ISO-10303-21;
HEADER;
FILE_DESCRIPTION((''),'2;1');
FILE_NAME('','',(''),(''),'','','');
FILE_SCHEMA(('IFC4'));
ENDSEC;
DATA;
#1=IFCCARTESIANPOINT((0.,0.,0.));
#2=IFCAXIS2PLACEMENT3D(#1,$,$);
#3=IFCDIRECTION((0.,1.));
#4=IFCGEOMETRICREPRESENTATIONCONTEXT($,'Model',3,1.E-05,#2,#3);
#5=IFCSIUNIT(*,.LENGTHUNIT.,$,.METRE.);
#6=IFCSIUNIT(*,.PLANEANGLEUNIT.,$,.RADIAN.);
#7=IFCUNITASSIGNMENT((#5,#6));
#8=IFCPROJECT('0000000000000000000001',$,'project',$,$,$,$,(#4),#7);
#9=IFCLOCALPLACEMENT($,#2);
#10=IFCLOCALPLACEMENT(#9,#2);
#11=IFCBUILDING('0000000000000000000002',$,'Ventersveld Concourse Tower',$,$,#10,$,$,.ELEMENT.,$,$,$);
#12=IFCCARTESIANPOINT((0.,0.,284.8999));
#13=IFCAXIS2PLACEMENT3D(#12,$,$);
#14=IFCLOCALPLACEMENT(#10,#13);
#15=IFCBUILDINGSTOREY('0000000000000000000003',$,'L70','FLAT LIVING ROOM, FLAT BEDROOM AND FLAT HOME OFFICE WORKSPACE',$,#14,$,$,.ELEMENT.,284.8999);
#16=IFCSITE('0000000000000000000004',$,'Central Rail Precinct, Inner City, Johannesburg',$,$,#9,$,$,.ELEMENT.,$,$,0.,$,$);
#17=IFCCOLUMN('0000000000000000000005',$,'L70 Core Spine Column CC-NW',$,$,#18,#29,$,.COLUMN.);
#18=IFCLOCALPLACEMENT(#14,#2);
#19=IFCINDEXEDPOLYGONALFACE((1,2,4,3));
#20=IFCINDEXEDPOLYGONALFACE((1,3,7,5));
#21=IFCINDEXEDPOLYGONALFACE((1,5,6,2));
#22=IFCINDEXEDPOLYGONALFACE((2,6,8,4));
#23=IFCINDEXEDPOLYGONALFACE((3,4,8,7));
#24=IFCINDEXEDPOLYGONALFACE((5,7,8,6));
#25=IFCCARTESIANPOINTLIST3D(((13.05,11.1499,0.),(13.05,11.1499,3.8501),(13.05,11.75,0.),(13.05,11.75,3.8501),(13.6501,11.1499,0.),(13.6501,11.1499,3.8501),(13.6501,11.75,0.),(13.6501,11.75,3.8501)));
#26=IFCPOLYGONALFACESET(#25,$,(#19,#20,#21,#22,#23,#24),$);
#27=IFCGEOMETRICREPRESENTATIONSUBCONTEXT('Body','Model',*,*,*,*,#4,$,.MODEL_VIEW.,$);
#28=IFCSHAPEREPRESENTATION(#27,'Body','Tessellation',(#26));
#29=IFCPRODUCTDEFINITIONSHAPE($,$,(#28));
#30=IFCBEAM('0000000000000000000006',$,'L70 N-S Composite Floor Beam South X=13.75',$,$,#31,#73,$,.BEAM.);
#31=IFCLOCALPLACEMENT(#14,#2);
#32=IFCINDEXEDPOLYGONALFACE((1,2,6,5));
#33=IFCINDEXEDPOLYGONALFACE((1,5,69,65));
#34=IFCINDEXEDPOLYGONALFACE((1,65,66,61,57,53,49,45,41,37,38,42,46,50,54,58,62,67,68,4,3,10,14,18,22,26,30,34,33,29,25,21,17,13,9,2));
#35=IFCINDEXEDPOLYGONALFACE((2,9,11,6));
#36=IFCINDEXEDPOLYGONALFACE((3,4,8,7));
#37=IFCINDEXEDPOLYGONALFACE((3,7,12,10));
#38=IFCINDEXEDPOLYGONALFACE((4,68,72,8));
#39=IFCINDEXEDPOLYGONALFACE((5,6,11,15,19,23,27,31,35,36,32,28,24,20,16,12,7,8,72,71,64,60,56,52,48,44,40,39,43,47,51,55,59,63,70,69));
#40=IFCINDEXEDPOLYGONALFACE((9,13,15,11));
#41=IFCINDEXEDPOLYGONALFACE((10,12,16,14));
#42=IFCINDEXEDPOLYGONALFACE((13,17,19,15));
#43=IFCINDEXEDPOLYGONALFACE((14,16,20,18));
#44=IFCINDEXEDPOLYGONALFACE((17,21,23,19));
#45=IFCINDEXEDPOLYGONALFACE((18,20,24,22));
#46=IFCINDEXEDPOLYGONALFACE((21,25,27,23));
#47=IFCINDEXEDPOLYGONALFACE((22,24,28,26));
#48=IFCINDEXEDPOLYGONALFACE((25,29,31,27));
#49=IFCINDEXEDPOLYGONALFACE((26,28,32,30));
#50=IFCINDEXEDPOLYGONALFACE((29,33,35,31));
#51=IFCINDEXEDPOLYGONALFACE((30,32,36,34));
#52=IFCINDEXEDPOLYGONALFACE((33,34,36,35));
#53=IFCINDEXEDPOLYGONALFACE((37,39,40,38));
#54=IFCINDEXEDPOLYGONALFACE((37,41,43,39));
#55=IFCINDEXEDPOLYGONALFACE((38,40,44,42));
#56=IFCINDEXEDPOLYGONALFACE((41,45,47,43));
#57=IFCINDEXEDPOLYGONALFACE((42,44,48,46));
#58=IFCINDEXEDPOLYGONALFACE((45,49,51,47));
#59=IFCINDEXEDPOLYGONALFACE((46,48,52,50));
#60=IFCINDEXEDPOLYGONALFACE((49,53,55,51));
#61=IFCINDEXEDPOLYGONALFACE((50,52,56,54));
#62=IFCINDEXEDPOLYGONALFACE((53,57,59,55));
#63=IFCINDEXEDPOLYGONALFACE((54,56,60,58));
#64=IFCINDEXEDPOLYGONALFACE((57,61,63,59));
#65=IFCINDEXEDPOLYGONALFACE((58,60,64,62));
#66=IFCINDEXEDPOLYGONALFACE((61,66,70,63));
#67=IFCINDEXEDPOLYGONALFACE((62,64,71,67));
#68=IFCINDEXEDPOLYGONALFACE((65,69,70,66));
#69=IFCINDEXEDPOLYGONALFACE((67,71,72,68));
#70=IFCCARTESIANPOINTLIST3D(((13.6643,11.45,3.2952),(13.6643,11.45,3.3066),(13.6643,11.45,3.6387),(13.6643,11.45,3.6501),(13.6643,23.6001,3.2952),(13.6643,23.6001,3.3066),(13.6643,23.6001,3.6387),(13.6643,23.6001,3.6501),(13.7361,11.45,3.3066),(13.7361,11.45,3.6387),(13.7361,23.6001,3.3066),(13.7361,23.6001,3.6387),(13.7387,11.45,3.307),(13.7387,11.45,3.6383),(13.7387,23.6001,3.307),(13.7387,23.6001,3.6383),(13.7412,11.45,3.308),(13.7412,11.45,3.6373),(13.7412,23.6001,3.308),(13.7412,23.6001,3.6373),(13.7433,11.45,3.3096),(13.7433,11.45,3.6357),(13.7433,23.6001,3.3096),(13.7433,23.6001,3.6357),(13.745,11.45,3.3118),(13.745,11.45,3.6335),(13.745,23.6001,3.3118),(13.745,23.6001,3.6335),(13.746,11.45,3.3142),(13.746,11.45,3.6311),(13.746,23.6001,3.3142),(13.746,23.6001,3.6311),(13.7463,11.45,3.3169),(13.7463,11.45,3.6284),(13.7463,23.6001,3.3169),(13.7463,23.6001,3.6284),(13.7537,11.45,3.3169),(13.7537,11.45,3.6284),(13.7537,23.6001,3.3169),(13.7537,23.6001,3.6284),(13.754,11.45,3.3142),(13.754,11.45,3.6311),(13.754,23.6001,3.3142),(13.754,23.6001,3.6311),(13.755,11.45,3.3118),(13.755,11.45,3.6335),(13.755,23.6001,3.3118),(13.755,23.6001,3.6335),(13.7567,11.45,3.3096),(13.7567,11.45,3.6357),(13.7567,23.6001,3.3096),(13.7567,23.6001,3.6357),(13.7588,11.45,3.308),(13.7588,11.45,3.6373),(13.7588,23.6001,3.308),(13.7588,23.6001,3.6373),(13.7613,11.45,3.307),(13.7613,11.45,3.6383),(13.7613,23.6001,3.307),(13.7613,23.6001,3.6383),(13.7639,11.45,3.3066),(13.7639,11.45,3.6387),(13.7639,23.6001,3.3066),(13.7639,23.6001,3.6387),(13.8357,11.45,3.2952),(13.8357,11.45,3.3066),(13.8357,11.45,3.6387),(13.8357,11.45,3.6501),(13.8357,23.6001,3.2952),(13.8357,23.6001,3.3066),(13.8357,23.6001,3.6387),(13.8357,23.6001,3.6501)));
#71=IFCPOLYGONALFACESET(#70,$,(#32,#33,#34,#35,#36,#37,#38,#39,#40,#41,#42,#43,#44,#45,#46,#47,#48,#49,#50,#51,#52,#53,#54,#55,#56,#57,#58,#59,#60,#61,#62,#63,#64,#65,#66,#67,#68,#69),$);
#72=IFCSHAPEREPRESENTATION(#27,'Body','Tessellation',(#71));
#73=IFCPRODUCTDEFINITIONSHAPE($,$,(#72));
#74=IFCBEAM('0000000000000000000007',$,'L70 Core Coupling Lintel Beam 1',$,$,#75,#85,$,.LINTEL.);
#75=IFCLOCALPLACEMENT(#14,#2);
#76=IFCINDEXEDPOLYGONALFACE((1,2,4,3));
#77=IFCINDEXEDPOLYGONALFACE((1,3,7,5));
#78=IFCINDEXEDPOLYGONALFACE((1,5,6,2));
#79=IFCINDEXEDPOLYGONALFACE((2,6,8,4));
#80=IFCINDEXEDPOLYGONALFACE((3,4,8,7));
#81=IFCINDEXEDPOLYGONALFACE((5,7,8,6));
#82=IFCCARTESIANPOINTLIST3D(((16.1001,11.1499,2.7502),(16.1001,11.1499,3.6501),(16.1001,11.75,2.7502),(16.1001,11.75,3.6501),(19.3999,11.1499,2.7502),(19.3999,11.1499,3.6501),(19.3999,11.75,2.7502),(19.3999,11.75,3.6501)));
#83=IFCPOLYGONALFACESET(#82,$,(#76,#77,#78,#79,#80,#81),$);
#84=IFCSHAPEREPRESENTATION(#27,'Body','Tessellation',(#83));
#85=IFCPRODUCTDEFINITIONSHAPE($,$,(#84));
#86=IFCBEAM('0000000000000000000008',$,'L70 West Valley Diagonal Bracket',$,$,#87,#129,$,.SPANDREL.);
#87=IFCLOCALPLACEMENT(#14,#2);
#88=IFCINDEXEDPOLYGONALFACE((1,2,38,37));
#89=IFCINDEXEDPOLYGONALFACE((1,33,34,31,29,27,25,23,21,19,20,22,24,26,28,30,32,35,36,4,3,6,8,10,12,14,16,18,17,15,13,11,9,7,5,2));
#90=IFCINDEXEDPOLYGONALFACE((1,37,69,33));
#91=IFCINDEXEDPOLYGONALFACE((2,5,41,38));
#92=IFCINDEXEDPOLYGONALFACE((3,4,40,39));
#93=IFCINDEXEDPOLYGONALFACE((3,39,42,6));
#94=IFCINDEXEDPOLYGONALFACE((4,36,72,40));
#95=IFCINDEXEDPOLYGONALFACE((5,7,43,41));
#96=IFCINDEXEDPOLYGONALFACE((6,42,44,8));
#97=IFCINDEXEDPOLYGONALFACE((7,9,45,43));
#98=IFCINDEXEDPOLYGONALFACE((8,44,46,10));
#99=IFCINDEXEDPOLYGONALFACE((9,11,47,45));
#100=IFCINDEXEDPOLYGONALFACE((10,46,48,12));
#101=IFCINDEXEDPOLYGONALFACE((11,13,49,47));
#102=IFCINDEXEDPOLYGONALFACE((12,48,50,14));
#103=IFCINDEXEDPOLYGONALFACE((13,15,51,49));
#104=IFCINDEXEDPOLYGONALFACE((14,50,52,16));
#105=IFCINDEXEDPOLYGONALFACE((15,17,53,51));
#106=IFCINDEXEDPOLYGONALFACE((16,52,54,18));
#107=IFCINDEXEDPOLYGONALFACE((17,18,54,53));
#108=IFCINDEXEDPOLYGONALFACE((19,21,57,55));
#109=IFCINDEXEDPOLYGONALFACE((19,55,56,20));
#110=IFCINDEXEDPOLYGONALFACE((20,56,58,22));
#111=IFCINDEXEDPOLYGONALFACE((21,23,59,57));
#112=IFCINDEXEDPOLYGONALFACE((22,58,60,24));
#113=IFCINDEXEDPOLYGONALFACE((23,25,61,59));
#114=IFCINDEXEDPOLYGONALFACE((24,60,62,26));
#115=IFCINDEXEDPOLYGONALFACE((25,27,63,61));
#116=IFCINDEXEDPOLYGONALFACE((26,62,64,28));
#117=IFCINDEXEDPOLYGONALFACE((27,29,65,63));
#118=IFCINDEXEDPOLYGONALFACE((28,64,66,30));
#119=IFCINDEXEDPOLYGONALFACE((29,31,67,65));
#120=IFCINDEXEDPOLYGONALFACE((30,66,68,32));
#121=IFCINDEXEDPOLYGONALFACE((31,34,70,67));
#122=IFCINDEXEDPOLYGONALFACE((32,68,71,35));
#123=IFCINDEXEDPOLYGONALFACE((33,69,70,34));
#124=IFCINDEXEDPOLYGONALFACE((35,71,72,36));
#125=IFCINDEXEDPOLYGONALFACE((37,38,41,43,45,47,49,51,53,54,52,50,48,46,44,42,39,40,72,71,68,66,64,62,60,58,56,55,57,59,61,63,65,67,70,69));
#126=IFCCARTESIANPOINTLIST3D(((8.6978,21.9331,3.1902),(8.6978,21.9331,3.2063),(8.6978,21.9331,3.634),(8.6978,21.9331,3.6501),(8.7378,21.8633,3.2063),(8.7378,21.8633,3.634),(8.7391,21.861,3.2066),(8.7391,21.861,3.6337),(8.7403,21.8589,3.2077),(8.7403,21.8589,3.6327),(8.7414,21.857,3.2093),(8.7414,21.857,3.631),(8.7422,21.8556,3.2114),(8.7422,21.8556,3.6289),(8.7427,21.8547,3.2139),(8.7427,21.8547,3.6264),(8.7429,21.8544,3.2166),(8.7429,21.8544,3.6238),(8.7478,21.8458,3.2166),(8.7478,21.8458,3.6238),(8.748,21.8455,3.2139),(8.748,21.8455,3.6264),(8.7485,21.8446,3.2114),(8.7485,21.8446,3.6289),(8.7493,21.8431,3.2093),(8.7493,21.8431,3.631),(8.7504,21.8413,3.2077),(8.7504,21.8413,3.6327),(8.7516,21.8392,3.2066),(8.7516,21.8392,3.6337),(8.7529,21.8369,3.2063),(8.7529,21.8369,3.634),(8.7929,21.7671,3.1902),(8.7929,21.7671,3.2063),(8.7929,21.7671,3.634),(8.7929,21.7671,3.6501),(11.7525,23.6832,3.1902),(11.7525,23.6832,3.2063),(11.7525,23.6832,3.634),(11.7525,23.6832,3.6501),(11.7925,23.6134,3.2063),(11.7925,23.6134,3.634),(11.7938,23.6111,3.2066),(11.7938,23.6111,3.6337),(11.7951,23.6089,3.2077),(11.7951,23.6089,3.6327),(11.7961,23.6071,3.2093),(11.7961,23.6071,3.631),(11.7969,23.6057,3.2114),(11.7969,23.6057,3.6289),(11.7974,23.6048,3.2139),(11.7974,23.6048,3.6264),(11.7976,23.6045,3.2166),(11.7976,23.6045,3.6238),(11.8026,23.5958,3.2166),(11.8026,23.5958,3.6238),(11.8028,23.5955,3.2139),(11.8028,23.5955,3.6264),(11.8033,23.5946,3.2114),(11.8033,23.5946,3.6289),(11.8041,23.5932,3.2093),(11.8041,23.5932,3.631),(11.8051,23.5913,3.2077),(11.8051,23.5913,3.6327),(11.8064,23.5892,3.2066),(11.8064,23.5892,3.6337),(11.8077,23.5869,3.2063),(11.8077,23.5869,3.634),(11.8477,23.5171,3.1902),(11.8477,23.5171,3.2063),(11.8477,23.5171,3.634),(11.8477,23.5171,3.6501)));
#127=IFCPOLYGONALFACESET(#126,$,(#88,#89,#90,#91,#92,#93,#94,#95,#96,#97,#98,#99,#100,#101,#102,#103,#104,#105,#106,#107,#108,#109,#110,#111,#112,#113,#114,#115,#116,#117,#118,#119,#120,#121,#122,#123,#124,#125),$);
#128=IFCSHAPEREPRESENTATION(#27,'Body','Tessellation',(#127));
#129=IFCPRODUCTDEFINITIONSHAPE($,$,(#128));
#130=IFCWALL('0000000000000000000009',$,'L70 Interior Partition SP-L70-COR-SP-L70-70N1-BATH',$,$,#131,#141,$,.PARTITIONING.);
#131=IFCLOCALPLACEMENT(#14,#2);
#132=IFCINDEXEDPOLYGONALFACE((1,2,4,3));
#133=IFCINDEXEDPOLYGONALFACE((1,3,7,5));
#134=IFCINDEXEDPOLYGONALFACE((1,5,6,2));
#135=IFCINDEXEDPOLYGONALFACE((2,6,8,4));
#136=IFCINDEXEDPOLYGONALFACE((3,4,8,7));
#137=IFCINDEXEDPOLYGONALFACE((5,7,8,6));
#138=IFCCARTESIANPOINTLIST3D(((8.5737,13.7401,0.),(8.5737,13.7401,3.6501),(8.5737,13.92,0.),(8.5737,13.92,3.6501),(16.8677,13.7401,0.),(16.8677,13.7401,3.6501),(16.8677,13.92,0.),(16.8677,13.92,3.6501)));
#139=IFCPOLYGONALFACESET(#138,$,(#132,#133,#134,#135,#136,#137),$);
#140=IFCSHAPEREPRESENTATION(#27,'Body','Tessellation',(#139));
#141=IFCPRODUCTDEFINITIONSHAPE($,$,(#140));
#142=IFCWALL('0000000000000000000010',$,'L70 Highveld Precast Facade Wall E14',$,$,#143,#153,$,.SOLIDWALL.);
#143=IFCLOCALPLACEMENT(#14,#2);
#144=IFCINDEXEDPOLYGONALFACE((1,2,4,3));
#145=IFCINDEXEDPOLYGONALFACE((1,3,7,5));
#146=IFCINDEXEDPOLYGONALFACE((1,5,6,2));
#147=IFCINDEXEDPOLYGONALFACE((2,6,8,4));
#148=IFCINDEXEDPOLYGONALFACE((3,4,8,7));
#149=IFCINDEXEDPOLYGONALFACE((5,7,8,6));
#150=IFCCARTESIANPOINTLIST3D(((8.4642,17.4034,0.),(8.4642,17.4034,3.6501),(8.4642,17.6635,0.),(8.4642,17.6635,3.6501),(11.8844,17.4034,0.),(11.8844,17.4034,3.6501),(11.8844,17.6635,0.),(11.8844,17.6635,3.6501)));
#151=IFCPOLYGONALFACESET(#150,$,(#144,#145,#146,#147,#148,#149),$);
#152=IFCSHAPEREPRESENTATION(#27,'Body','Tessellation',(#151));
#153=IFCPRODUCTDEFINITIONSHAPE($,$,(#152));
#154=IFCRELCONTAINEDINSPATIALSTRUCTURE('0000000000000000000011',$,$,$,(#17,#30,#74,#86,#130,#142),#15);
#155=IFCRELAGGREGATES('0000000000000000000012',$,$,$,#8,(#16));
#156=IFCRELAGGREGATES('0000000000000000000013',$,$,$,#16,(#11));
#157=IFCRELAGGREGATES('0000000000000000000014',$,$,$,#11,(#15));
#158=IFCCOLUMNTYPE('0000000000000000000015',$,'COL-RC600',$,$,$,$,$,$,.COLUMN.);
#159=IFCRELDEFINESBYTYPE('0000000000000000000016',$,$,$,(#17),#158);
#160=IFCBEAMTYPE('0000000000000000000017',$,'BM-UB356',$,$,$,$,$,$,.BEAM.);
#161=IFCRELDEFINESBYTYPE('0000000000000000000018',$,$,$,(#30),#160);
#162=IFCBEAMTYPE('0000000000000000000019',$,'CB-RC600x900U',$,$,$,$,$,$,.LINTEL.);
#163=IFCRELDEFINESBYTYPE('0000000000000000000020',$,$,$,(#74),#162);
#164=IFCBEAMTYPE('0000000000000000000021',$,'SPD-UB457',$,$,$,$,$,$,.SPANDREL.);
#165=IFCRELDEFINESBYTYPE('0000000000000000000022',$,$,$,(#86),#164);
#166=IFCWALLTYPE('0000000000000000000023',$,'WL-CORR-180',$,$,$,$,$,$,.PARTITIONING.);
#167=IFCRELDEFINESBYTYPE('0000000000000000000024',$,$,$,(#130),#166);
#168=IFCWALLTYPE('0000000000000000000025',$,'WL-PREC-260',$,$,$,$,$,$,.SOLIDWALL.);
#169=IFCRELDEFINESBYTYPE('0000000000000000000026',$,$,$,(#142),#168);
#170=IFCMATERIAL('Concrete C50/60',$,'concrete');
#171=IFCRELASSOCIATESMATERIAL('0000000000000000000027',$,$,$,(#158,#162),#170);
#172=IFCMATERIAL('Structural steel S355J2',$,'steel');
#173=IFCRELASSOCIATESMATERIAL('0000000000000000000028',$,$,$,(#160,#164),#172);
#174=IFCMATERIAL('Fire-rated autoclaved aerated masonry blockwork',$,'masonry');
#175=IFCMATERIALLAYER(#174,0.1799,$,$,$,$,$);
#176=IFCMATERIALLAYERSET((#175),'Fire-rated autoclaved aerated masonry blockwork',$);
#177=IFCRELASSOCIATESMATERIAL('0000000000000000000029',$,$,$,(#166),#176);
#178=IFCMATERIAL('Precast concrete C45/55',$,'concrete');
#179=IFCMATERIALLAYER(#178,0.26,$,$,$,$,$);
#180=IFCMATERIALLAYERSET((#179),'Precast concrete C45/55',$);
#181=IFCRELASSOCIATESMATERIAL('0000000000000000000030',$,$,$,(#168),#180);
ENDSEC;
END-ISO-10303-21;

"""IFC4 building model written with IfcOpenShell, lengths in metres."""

from ifc_helpers import new_model, si_unit, direction, frame, frame_2d, origin, origin_2d, place, context, subcontext, project, spatial, rectangle, i_section, extrude, material, layer, layer_set, material_profile, profile_set, type_object, element, save


model = new_model("IFC4")

# Units and contexts
model_context = context("Model", 3, precision=1e-05, world=origin(), true_north=direction((0.0, 1.0)))
body_context = subcontext(model_context, "Body", "Model", "MODEL_VIEW")
ifc_project = project(units=[si_unit("LENGTHUNIT", "METRE"), si_unit("PLANEANGLEUNIT", "RADIAN")], contexts=[model_context])

# Site, building, storey
site_placement = place(None, origin())
site = spatial("IfcSite", under=ifc_project, at=site_placement, Name="Central Rail Precinct, Inner City, Johannesburg", CompositionType="ELEMENT", RefElevation=0.0)
building_placement = place(site_placement, origin())
building = spatial("IfcBuilding", under=site, at=building_placement, Name="Ventersveld Concourse Tower", CompositionType="ELEMENT")
storey_placement = place(building_placement, frame((0.0, 0.0, 284.8999)))
storey = spatial("IfcBuildingStorey", under=building, at=storey_placement, Name="L70", Description="FLAT LIVING ROOM, FLAT BEDROOM AND FLAT HOME OFFICE WORKSPACE", CompositionType="ELEMENT", Elevation=284.8999)

# Column
ifc_material_1 = material(Name="Concrete C50/60", Category="concrete")
ifc_material_profile_1 = material_profile(ifc_material_1, rectangle(XDim=0.6001, YDim=0.6001, at=origin_2d()), Name="RC 600x600")
ifc_profile_set_1 = profile_set([ifc_material_profile_1], Name="Concrete C50/60")
column_type = type_object("IfcColumnType", Name="COL-RC600", PredefinedType="COLUMN", material=ifc_profile_set_1)
column_placement = place(storey_placement, frame((13.3501, 11.45, 0.0), z_axis=(0.0, 0.0, 1.0), x_axis=(1.0, 0.0, 0.0)))
element("IfcColumn", 1, at=column_placement, inside=storey, type_object=column_type, Name="L70 Core Spine Column CC-NW", PredefinedType="COLUMN", context=body_context, shape_type="SweptSolid", body=[
    extrude(rectangle(XDim=0.6001, YDim=0.6001, at=origin_2d()), origin(), (0.0, 0.0, 1.0), 3.8501),
])

# Beams
ifc_material_2 = material(Name="Structural steel S355J2", Category="steel")
ifc_material_profile_2 = material_profile(ifc_material_2, i_section(OverallWidth=0.1714, OverallDepth=0.355, WebThickness=0.0073, FlangeThickness=0.0115, FilletRadius=0.0103, at=origin_2d()), Name="UB 356x171x51")
ifc_profile_set_2 = profile_set([ifc_material_profile_2], Name="Structural steel S355J2")
beam_type_1 = type_object("IfcBeamType", Name="BM-UB356", PredefinedType="BEAM", material=ifc_profile_set_2)
beam_1_placement = place(storey_placement, frame((13.75, 11.45, 3.4727), z_axis=(0.0, 1.0, 0.0), x_axis=(-1.0, 0.0, 0.0)))
element("IfcBeam", 2, at=beam_1_placement, inside=storey, type_object=beam_type_1, Name="L70 N-S Composite Floor Beam South X=13.75", PredefinedType="BEAM", context=body_context, shape_type="SweptSolid", body=[
    extrude(i_section(OverallWidth=0.1714, OverallDepth=0.355, WebThickness=0.0073, FlangeThickness=0.0115, FilletRadius=0.0103, at=origin_2d()), origin(), (0.0, 0.0, 1.0), 12.1501),
])
ifc_material_profile_3 = material_profile(ifc_material_1, rectangle(XDim=0.6001, YDim=0.8999, at=origin_2d()), Name="RC 600x900")
ifc_profile_set_3 = profile_set([ifc_material_profile_3], Name="Concrete C50/60")
beam_type_2 = type_object("IfcBeamType", Name="CB-RC600x900U", PredefinedType="LINTEL", material=ifc_profile_set_3)
beam_2_placement = place(storey_placement, frame((16.1001, 11.45, 3.2002), z_axis=(1.0, 0.0, 0.0), x_axis=(0.0, 1.0, 0.0)))
element("IfcBeam", 3, at=beam_2_placement, inside=storey, type_object=beam_type_2, Name="L70 Core Coupling Lintel Beam 1", PredefinedType="LINTEL", context=body_context, shape_type="SweptSolid", body=[
    extrude(rectangle(XDim=0.6001, YDim=0.8999, at=origin_2d()), origin(), (0.0, 0.0, 1.0), 3.2998),
])
ifc_material_profile_4 = material_profile(ifc_material_2, i_section(OverallWidth=0.1914, OverallDepth=0.46, WebThickness=0.01, FlangeThickness=0.0161, FilletRadius=0.0103, at=origin_2d()), Name="UB 457x191x82")
ifc_profile_set_4 = profile_set([ifc_material_profile_4], Name="Structural steel S355J2")
beam_type_3 = type_object("IfcBeamType", Name="SPD-UB457", PredefinedType="SPANDREL", material=ifc_profile_set_4)
beam_3_placement = place(storey_placement, frame((8.7454, 21.8501, 3.4202), z_axis=(0.867696, 0.497095, 0.0), x_axis=(-0.497095, 0.867696, 0.0)))
element("IfcBeam", 4, at=beam_3_placement, inside=storey, type_object=beam_type_3, Name="L70 West Valley Diagonal Bracket", PredefinedType="SPANDREL", context=body_context, shape_type="SweptSolid", body=[
    extrude(i_section(OverallWidth=0.1914, OverallDepth=0.46, WebThickness=0.01, FlangeThickness=0.0161, FilletRadius=0.0103, at=origin_2d()), origin(), (0.0, 0.0, 1.0), 3.5205),
])

# Shared definitions
ifc_material_3 = material(Name="Fire-rated autoclaved aerated masonry blockwork", Category="masonry")
ifc_layer_1 = layer(ifc_material_3, 0.1799)
ifc_layer_set_1 = layer_set([ifc_layer_1], Name="Fire-rated autoclaved aerated masonry blockwork")
wall_type_1 = type_object("IfcWallType", Name="WL-CORR-180", PredefinedType="PARTITIONING", material=ifc_layer_set_1)

# Walls
wall_1_placement = place(storey_placement, frame((8.5737, 13.8301, 0.0), z_axis=(0.0, 0.0, 1.0), x_axis=(1.0, 0.0, 0.0)))
element("IfcWall", 5, at=wall_1_placement, inside=storey, type_object=wall_type_1, Name="L70 Interior Partition SP-L70-COR-SP-L70-70N1-BATH", PredefinedType="PARTITIONING", context=body_context, shape_type="SweptSolid", body=[
    extrude(rectangle(XDim=8.2939, YDim=0.1799, at=frame_2d((4.147, 0.0))), origin(), (0.0, 0.0, 1.0), 3.6501),
])
ifc_material_4 = material(Name="Precast concrete C45/55", Category="concrete")
ifc_layer_2 = layer(ifc_material_4, 0.26)
ifc_layer_set_2 = layer_set([ifc_layer_2], Name="Precast concrete C45/55")
wall_type_2 = type_object("IfcWallType", Name="WL-PREC-260", PredefinedType="SOLIDWALL", material=ifc_layer_set_2)
wall_2_placement = place(storey_placement, frame((11.8843, 17.5334, 0.0), z_axis=(0.0, 0.0, 1.0), x_axis=(-1.0, 0.0, 0.0)))
element("IfcWall", 6, at=wall_2_placement, inside=storey, type_object=wall_type_2, Name="L70 Highveld Precast Facade Wall E14", PredefinedType="SOLIDWALL", context=body_context, shape_type="SweptSolid", body=[
    extrude(rectangle(XDim=3.4202, YDim=0.26, at=frame_2d((1.71, 0.0))), origin(), (0.0, 0.0, 1.0), 3.6501),
])

save(model, "model.ifc")
